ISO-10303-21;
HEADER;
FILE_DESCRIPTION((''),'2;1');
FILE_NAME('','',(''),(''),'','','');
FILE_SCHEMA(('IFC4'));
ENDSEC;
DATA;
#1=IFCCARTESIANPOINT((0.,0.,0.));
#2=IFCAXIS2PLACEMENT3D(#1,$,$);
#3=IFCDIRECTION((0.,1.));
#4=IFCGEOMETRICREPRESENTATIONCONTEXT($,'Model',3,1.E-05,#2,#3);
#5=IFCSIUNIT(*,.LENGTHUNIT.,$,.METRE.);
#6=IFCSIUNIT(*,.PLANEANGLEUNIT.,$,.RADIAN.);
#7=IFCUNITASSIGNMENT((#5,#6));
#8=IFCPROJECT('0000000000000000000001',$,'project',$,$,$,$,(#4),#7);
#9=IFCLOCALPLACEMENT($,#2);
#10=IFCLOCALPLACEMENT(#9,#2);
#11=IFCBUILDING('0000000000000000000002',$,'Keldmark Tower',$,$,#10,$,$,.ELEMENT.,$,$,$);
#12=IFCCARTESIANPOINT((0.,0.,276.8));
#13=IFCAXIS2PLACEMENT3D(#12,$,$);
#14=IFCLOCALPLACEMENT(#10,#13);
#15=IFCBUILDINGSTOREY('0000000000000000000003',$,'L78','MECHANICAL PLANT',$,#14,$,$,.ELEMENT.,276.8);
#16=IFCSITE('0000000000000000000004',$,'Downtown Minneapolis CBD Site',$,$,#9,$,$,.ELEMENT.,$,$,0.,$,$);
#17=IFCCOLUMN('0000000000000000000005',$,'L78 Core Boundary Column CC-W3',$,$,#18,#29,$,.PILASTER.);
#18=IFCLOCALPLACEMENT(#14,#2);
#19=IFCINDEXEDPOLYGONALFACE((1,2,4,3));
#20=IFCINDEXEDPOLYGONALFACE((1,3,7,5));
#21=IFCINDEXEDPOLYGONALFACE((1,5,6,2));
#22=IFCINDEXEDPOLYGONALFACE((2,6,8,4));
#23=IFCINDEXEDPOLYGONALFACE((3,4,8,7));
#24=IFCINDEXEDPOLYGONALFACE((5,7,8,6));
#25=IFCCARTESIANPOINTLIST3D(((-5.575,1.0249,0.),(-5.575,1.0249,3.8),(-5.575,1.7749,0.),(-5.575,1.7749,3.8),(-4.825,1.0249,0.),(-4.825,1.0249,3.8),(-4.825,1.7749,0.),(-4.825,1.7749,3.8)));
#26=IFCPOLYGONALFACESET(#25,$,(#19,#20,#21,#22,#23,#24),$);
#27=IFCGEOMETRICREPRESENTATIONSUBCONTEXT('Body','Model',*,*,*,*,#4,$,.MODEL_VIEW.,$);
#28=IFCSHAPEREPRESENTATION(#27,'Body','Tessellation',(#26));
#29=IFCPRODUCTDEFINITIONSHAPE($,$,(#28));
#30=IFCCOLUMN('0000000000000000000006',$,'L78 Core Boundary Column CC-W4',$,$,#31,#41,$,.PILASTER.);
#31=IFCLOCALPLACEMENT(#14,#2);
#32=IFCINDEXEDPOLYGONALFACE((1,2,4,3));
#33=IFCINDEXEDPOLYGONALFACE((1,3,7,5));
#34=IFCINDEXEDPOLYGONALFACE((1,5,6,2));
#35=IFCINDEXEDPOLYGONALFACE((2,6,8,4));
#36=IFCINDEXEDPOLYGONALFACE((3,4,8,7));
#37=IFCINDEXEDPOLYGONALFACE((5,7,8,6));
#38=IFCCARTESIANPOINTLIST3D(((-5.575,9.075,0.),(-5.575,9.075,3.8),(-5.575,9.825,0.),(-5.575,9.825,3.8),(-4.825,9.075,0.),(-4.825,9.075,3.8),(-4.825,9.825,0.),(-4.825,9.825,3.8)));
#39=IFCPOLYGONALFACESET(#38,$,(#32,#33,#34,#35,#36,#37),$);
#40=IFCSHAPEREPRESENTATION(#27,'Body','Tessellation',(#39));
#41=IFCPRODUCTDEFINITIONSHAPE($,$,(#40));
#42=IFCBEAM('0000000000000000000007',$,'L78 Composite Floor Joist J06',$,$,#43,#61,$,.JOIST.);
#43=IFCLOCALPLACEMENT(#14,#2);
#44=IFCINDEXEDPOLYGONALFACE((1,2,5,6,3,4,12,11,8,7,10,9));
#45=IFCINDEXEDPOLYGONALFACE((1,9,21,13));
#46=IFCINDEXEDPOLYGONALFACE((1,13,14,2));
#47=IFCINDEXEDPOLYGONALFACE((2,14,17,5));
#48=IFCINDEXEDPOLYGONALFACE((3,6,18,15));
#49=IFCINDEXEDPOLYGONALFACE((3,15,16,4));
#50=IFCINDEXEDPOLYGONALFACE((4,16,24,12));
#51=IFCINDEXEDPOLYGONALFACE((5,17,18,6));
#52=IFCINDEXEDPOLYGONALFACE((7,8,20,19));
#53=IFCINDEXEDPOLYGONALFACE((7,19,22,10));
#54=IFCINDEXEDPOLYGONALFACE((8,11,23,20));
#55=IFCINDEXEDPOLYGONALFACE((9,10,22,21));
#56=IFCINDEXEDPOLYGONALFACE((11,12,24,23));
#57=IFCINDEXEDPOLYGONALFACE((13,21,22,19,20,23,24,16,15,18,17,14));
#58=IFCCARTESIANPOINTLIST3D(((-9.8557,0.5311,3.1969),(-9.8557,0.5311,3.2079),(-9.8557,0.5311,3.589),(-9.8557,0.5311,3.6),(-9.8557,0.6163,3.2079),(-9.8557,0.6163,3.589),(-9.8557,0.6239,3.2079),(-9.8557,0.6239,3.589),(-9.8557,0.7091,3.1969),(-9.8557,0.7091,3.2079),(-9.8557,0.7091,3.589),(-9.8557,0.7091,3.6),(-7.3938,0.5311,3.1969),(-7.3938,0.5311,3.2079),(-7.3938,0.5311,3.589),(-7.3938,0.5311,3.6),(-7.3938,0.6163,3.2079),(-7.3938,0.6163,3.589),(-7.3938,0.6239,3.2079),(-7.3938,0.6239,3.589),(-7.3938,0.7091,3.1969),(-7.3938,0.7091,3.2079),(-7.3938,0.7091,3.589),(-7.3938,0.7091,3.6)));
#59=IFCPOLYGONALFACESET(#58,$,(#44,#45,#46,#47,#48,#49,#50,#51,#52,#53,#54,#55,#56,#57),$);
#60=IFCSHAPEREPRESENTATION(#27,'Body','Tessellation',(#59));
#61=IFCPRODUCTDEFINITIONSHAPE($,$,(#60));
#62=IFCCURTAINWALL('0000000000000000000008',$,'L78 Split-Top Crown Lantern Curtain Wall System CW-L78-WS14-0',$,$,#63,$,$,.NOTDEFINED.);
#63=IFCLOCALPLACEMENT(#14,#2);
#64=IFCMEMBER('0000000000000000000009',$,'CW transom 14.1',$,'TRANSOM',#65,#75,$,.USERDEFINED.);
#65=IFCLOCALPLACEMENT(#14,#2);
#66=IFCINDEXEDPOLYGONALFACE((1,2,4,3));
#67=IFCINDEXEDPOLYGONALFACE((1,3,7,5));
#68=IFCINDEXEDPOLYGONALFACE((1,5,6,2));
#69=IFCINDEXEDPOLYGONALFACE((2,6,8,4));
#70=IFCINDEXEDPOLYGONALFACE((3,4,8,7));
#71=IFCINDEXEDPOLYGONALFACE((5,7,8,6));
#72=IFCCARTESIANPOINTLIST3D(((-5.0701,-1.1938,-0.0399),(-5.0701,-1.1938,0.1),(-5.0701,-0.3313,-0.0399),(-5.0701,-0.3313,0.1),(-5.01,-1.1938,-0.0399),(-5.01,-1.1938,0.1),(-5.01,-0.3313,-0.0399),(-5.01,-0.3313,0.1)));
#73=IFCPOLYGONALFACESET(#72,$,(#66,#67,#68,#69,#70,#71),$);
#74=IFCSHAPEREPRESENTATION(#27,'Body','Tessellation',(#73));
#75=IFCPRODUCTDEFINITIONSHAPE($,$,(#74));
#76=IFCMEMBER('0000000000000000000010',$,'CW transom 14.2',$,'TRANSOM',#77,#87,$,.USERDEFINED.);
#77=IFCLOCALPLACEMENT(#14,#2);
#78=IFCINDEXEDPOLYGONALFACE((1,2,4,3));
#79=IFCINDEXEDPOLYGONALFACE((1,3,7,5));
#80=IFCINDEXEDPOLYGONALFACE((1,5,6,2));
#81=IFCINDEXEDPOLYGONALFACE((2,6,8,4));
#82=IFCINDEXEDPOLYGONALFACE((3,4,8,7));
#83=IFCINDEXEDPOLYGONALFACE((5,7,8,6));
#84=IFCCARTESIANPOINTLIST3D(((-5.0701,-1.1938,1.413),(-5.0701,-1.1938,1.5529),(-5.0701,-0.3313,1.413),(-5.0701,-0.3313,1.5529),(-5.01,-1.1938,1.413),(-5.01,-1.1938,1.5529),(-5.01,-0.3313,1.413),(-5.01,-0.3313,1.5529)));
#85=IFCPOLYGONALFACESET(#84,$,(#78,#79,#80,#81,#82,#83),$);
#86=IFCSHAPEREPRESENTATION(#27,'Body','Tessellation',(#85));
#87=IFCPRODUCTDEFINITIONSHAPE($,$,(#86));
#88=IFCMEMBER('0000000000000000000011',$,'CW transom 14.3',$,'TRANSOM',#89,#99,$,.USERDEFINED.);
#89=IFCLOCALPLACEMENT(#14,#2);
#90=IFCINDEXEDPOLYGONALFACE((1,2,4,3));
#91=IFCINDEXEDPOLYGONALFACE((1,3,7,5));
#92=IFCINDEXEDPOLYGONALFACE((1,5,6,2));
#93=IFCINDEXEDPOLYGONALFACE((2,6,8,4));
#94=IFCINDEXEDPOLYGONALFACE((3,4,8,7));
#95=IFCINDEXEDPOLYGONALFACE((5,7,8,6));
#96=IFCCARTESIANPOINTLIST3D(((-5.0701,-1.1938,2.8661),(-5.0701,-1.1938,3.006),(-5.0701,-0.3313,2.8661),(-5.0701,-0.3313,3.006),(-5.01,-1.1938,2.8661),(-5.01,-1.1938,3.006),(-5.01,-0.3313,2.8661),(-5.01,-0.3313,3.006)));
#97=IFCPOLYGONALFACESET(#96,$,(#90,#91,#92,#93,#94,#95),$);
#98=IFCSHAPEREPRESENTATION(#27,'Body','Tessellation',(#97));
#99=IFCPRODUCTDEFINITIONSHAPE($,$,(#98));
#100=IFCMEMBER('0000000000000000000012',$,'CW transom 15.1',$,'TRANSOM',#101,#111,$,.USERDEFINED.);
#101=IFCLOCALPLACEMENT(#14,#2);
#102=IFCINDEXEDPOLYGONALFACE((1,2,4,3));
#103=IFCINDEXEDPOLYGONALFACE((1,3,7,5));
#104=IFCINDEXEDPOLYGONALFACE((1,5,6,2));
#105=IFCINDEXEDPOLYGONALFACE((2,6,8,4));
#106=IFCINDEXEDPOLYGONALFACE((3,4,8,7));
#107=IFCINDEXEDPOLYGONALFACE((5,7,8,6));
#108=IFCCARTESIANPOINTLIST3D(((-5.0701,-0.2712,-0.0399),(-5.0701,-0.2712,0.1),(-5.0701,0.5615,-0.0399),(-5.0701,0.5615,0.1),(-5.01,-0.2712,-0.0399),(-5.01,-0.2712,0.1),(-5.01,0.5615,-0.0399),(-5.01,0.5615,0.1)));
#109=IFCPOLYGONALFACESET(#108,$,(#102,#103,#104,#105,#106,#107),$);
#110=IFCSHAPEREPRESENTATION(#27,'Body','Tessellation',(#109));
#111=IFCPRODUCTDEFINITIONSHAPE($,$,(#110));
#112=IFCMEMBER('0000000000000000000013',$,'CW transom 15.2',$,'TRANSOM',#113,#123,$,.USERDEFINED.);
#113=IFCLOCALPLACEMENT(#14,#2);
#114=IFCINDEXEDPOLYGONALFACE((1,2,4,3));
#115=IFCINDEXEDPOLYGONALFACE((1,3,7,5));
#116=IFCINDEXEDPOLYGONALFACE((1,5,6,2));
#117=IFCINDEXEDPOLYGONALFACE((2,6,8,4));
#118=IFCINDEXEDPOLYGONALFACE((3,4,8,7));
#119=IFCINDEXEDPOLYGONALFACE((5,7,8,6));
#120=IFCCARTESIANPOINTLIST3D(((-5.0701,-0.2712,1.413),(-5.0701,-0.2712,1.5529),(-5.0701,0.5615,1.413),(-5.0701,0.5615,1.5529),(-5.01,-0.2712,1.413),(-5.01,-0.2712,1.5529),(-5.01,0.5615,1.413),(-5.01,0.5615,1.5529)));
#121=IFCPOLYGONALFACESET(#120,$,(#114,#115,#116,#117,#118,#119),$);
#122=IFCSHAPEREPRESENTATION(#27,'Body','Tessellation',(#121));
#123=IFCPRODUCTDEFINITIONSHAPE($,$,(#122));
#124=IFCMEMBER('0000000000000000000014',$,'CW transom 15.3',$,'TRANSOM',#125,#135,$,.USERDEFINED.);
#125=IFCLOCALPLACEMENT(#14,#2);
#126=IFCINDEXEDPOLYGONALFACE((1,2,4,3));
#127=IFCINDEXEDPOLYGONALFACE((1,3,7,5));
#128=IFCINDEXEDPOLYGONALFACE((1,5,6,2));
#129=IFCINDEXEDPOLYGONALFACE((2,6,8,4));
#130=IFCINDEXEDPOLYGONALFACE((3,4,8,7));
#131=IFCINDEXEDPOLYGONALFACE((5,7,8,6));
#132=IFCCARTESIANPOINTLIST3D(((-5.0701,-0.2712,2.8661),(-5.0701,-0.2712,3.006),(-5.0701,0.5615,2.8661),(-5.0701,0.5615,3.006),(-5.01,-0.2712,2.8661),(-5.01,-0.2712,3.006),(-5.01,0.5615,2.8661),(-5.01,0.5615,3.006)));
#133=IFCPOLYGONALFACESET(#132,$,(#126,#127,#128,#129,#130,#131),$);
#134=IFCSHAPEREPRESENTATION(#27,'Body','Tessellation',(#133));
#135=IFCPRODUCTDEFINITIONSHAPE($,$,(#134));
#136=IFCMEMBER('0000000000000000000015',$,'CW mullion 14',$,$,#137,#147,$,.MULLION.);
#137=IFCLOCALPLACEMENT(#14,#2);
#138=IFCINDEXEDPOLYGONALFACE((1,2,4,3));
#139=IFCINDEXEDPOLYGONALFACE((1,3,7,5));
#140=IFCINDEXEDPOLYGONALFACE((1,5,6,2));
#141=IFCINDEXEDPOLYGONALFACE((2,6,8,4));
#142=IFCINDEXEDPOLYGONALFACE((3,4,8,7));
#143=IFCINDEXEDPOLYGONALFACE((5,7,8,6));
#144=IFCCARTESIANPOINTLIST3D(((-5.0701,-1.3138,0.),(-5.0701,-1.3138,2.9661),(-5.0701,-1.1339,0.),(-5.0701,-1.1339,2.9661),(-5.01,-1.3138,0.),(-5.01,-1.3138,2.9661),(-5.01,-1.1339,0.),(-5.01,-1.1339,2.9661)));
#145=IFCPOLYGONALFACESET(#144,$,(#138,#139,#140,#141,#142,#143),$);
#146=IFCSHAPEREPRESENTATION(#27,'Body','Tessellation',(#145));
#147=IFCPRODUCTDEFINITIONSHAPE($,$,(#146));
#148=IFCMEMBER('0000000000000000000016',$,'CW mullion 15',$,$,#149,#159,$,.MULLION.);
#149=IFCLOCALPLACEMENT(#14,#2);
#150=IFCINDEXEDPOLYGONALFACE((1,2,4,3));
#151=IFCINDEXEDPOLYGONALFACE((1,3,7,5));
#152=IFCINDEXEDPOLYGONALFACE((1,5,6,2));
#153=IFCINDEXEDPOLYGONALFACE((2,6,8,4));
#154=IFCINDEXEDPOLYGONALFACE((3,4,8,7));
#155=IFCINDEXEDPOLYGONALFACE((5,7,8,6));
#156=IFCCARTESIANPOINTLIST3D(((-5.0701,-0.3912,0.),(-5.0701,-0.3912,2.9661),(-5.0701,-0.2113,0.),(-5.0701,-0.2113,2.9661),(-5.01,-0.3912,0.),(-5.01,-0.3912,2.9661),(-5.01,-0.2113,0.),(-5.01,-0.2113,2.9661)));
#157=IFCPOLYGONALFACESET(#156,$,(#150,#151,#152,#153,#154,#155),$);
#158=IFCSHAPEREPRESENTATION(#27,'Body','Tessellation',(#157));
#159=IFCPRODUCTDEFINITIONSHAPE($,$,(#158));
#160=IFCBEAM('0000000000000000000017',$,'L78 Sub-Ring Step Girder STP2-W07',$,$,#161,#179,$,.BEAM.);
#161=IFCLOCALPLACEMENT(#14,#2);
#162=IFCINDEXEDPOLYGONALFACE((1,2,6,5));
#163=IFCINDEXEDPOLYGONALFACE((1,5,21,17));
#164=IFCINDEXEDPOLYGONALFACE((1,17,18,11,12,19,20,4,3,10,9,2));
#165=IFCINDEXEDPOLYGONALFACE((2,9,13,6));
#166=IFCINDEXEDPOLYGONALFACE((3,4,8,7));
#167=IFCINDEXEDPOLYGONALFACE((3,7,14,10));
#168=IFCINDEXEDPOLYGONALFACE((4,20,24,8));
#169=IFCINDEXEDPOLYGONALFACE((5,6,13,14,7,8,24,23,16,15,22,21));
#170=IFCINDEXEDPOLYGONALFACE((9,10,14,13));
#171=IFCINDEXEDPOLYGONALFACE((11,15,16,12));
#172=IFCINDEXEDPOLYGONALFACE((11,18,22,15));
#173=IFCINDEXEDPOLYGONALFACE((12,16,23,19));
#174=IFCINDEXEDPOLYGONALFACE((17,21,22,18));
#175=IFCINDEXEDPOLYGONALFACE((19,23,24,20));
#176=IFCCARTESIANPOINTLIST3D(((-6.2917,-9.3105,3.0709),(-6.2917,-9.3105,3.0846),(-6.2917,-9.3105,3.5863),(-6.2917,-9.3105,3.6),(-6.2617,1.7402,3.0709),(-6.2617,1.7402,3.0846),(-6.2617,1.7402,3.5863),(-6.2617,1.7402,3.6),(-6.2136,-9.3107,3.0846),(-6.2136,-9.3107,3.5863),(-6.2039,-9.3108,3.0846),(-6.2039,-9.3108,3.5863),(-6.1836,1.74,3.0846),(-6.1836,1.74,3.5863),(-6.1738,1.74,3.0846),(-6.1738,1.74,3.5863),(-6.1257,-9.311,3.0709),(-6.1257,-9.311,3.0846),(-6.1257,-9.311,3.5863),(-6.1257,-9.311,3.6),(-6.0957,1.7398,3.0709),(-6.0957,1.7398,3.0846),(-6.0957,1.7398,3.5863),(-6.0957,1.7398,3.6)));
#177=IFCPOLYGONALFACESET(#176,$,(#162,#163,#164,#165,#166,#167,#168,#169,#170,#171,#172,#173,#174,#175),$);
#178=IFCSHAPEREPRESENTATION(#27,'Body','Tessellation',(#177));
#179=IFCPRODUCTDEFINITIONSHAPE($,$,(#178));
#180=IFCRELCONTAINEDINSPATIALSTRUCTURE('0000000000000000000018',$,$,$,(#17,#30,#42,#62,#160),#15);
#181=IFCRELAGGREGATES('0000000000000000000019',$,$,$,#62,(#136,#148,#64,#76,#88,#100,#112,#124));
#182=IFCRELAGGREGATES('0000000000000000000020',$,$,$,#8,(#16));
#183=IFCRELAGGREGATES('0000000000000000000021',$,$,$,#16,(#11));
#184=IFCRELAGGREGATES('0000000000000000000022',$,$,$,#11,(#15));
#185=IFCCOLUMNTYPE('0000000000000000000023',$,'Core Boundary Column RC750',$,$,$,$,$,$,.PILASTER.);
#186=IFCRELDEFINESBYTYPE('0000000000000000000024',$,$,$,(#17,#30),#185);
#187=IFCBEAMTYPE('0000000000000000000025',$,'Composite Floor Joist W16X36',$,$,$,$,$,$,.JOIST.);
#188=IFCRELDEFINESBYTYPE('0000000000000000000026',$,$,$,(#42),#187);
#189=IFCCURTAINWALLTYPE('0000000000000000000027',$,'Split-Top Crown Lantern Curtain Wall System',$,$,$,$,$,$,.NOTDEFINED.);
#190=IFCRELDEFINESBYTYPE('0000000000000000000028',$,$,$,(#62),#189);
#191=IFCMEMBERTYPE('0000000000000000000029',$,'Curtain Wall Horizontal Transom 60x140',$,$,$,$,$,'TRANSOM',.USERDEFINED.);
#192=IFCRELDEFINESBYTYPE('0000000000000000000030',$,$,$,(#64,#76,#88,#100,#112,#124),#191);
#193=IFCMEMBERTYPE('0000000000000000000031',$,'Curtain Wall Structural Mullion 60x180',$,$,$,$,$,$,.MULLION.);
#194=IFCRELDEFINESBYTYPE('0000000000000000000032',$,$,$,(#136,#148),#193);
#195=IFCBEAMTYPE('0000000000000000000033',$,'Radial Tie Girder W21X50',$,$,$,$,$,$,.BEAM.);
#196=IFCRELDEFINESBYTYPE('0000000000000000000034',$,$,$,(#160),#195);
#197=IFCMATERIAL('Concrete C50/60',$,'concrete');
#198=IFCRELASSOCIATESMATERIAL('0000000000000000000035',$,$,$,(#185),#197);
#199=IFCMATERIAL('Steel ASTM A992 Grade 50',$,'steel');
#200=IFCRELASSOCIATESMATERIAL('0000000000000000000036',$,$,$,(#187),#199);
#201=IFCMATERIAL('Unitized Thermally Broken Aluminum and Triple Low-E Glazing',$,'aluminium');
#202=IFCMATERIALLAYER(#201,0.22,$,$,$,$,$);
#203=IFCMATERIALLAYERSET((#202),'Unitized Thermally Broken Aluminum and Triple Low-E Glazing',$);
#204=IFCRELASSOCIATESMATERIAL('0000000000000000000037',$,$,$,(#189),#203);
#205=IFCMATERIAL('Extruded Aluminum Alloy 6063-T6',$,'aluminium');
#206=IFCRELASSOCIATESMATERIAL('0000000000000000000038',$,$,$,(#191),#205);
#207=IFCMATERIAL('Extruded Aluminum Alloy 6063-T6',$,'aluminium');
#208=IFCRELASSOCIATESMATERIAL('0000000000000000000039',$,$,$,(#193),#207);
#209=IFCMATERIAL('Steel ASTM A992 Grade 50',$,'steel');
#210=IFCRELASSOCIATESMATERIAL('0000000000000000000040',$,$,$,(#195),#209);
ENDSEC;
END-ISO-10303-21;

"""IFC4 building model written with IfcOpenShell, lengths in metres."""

from ifc_helpers import new_model, si_unit, direction, frame, origin, origin_2d, place, context, subcontext, project, spatial, rectangle, i_section, extrude, material, layer, layer_set, material_profile, profile_set, type_object, element, aggregate, save


model = new_model("IFC4")

# Units and contexts
model_context = context("Model", 3, precision=1e-05, world=origin(), true_north=direction((0.0, 1.0)))
body_context = subcontext(model_context, "Body", "Model", "MODEL_VIEW")
ifc_project = project(units=[si_unit("LENGTHUNIT", "METRE"), si_unit("PLANEANGLEUNIT", "RADIAN")], contexts=[model_context])

# Site, building, storey
site_placement = place(None, origin())
site = spatial("IfcSite", under=ifc_project, at=site_placement, Name="Downtown Minneapolis CBD Site", CompositionType="ELEMENT", RefElevation=0.0)
building_placement = place(site_placement, origin())
building = spatial("IfcBuilding", under=site, at=building_placement, Name="Keldmark Tower", CompositionType="ELEMENT")
storey_placement = place(building_placement, frame((0.0, 0.0, 276.8)))
storey = spatial("IfcBuildingStorey", under=building, at=storey_placement, Name="L78", Description="MECHANICAL PLANT", CompositionType="ELEMENT", Elevation=276.8)

# Columns
ifc_material_1 = material(Name="Concrete C50/60", Category="concrete")
ifc_material_profile_1 = material_profile(ifc_material_1, rectangle(XDim=0.75, YDim=0.75, at=origin_2d()), Name="RC750X750")
ifc_profile_set_1 = profile_set([ifc_material_profile_1], Name="Concrete C50/60")
column_type = type_object("IfcColumnType", Name="Core Boundary Column RC750", PredefinedType="PILASTER", material=ifc_profile_set_1)
for number, where, z_axis, x_axis, name in (
    (1, (-5.2, 1.3999, 0.0), (0.0, 0.0, 1.0), (1.0, 0.0, 0.0), "L78 Core Boundary Column CC-W3"),
    (2, (-5.2, 9.45, 0.0), (0.0, 0.0, 1.0), (1.0, 0.0, 0.0), "L78 Core Boundary Column CC-W4"),
):
    element("IfcColumn", number, at=place(storey_placement, frame(where, z_axis=z_axis, x_axis=x_axis)), inside=storey, type_object=column_type, Name=name, PredefinedType="PILASTER", context=body_context, shape_type="SweptSolid", body=[
        extrude(rectangle(XDim=0.75, YDim=0.75, at=origin_2d()), origin(), (0.0, 0.0, 1.0), 3.8),
    ])

# Beam
ifc_material_2 = material(Name="Steel ASTM A992 Grade 50", Category="steel")
ifc_material_profile_2 = material_profile(ifc_material_2, i_section(OverallWidth=0.178, OverallDepth=0.4031, WebThickness=0.0076, FlangeThickness=0.011, at=origin_2d()), Name="W16X36")
ifc_profile_set_2 = profile_set([ifc_material_profile_2], Name="Steel ASTM A992 Grade 50")
beam_type_1 = type_object("IfcBeamType", Name="Composite Floor Joist W16X36", PredefinedType="JOIST", material=ifc_profile_set_2)
beam_1_placement = place(storey_placement, frame((-9.8557, 0.6201, 3.3984), z_axis=(1.0, 0.0, 0.0), x_axis=(0.0, 1.0, 0.0)))
element("IfcBeam", 3, at=beam_1_placement, inside=storey, type_object=beam_type_1, Name="L78 Composite Floor Joist J06", PredefinedType="JOIST", context=body_context, shape_type="SweptSolid", body=[
    extrude(i_section(OverallWidth=0.178, OverallDepth=0.4031, WebThickness=0.0076, FlangeThickness=0.011, at=origin_2d()), origin(), (0.0, 0.0, 1.0), 2.4619),
])

# Curtain wall, members
ifc_material_3 = material(Name="Unitized Thermally Broken Aluminum and Triple Low-E Glazing", Category="aluminium")
ifc_layer_1 = layer(ifc_material_3, 0.22)
ifc_layer_set_1 = layer_set([ifc_layer_1], Name="Unitized Thermally Broken Aluminum and Triple Low-E Glazing")
curtain_wall_type = type_object("IfcCurtainWallType", Name="Split-Top Crown Lantern Curtain Wall System", PredefinedType="NOTDEFINED", material=ifc_layer_set_1)
curtain_wall_placement = place(storey_placement, origin())
curtain_wall = element("IfcCurtainWall", 4, at=curtain_wall_placement, inside=storey, type_object=curtain_wall_type, Name="L78 Split-Top Crown Lantern Curtain Wall System CW-L78-WS14-0", PredefinedType="NOTDEFINED")
ifc_material_4 = material(Name="Extruded Aluminum Alloy 6063-T6", Category="aluminium")
ifc_material_profile_3 = material_profile(ifc_material_4, rectangle(XDim=0.0601, YDim=0.1399, at=origin_2d()), Name="CWT60X140")
ifc_profile_set_3 = profile_set([ifc_material_profile_3], Name="Extruded Aluminum Alloy 6063-T6")
member_type_1 = type_object("IfcMemberType", Name="Curtain Wall Horizontal Transom 60x140", ElementType="TRANSOM", PredefinedType="USERDEFINED", material=ifc_profile_set_3)
member_1_placement = place(storey_placement, frame((-5.04, -1.1938, 0.03), z_axis=(0.0, 1.0, 0.0), x_axis=(-1.0, 0.0, 0.0)))
member_1 = element("IfcMember", 5, at=member_1_placement, type_object=member_type_1, Name="CW transom 14.1", ObjectType="TRANSOM", PredefinedType="USERDEFINED", context=body_context, shape_type="SweptSolid", body=[
    extrude(rectangle(XDim=0.0601, YDim=0.1399, at=origin_2d()), origin(), (0.0, 0.0, 1.0), 0.8625),
])
member_2_placement = place(storey_placement, frame((-5.04, -1.1938, 1.4829), z_axis=(0.0, 1.0, 0.0), x_axis=(-1.0, 0.0, 0.0)))
member_2 = element("IfcMember", 6, at=member_2_placement, type_object=member_type_1, Name="CW transom 14.2", ObjectType="TRANSOM", PredefinedType="USERDEFINED", context=body_context, shape_type="SweptSolid", body=[
    extrude(rectangle(XDim=0.0601, YDim=0.1399, at=origin_2d()), origin(), (0.0, 0.0, 1.0), 0.8625),
])
member_3_placement = place(storey_placement, frame((-5.04, -1.1938, 2.936), z_axis=(0.0, 1.0, 0.0), x_axis=(-1.0, 0.0, 0.0)))
member_3 = element("IfcMember", 7, at=member_3_placement, type_object=member_type_1, Name="CW transom 14.3", ObjectType="TRANSOM", PredefinedType="USERDEFINED", context=body_context, shape_type="SweptSolid", body=[
    extrude(rectangle(XDim=0.0601, YDim=0.1399, at=origin_2d()), origin(), (0.0, 0.0, 1.0), 0.8625),
])
member_4_placement = place(storey_placement, frame((-5.04, -0.2712, 0.03), z_axis=(0.0, 1.0, 0.0), x_axis=(-1.0, 0.0, 0.0)))
member_4 = element("IfcMember", 8, at=member_4_placement, type_object=member_type_1, Name="CW transom 15.1", ObjectType="TRANSOM", PredefinedType="USERDEFINED", context=body_context, shape_type="SweptSolid", body=[
    extrude(rectangle(XDim=0.0601, YDim=0.1399, at=origin_2d()), origin(), (0.0, 0.0, 1.0), 0.8328),
])
member_5_placement = place(storey_placement, frame((-5.04, -0.2712, 1.4829), z_axis=(0.0, 1.0, 0.0), x_axis=(-1.0, 0.0, 0.0)))
member_5 = element("IfcMember", 9, at=member_5_placement, type_object=member_type_1, Name="CW transom 15.2", ObjectType="TRANSOM", PredefinedType="USERDEFINED", context=body_context, shape_type="SweptSolid", body=[
    extrude(rectangle(XDim=0.0601, YDim=0.1399, at=origin_2d()), origin(), (0.0, 0.0, 1.0), 0.8328),
])
member_6_placement = place(storey_placement, frame((-5.04, -0.2712, 2.936), z_axis=(0.0, 1.0, 0.0), x_axis=(-1.0, 0.0, 0.0)))
member_6 = element("IfcMember", 10, at=member_6_placement, type_object=member_type_1, Name="CW transom 15.3", ObjectType="TRANSOM", PredefinedType="USERDEFINED", context=body_context, shape_type="SweptSolid", body=[
    extrude(rectangle(XDim=0.0601, YDim=0.1399, at=origin_2d()), origin(), (0.0, 0.0, 1.0), 0.8328),
])
ifc_material_5 = material(Name="Extruded Aluminum Alloy 6063-T6", Category="aluminium")
ifc_material_profile_4 = material_profile(ifc_material_5, rectangle(XDim=0.0601, YDim=0.1799, at=origin_2d()), Name="CWM60X180")
ifc_profile_set_4 = profile_set([ifc_material_profile_4], Name="Extruded Aluminum Alloy 6063-T6")
member_type_2 = type_object("IfcMemberType", Name="Curtain Wall Structural Mullion 60x180", PredefinedType="MULLION", material=ifc_profile_set_4)
member_7_placement = place(storey_placement, frame((-5.04, -1.2239, 0.0), z_axis=(0.0, 0.0, 1.0), x_axis=(-1.0, 0.0, 0.0)))
member_7 = element("IfcMember", 11, at=member_7_placement, type_object=member_type_2, Name="CW mullion 14", PredefinedType="MULLION", context=body_context, shape_type="SweptSolid", body=[
    extrude(rectangle(XDim=0.0601, YDim=0.1799, at=origin_2d()), origin(), (0.0, 0.0, 1.0), 2.9661),
])
member_8_placement = place(storey_placement, frame((-5.04, -0.3013, 0.0), z_axis=(0.0, 0.0, 1.0), x_axis=(-1.0, 0.0, 0.0)))
member_8 = element("IfcMember", 12, at=member_8_placement, type_object=member_type_2, Name="CW mullion 15", PredefinedType="MULLION", context=body_context, shape_type="SweptSolid", body=[
    extrude(rectangle(XDim=0.0601, YDim=0.1799, at=origin_2d()), origin(), (0.0, 0.0, 1.0), 2.9661),
])

# Beam
ifc_material_6 = material(Name="Steel ASTM A992 Grade 50", Category="steel")
ifc_material_profile_5 = material_profile(ifc_material_6, i_section(OverallWidth=0.166, OverallDepth=0.5291, WebThickness=0.0098, FlangeThickness=0.0137, at=origin_2d()), Name="W21X50")
ifc_profile_set_5 = profile_set([ifc_material_profile_5], Name="Steel ASTM A992 Grade 50")
beam_type_2 = type_object("IfcBeamType", Name="Radial Tie Girder W21X50", PredefinedType="BEAM", material=ifc_profile_set_5)
beam_2_placement = place(storey_placement, frame((-6.1787, 1.74, 3.3354), z_axis=(-0.002717, -0.999996, 0.0), x_axis=(0.999996, -0.002717, 0.0)))
element("IfcBeam", 13, at=beam_2_placement, inside=storey, type_object=beam_type_2, Name="L78 Sub-Ring Step Girder STP2-W07", PredefinedType="BEAM", context=body_context, shape_type="SweptSolid", body=[
    extrude(i_section(OverallWidth=0.166, OverallDepth=0.5291, WebThickness=0.0098, FlangeThickness=0.0137, at=origin_2d()), origin(), (0.0, 0.0, 1.0), 11.0508),
])

aggregate(curtain_wall, [member_7, member_8, member_1, member_2, member_3, member_4, member_5, member_6])

save(model, "model.ifc")
